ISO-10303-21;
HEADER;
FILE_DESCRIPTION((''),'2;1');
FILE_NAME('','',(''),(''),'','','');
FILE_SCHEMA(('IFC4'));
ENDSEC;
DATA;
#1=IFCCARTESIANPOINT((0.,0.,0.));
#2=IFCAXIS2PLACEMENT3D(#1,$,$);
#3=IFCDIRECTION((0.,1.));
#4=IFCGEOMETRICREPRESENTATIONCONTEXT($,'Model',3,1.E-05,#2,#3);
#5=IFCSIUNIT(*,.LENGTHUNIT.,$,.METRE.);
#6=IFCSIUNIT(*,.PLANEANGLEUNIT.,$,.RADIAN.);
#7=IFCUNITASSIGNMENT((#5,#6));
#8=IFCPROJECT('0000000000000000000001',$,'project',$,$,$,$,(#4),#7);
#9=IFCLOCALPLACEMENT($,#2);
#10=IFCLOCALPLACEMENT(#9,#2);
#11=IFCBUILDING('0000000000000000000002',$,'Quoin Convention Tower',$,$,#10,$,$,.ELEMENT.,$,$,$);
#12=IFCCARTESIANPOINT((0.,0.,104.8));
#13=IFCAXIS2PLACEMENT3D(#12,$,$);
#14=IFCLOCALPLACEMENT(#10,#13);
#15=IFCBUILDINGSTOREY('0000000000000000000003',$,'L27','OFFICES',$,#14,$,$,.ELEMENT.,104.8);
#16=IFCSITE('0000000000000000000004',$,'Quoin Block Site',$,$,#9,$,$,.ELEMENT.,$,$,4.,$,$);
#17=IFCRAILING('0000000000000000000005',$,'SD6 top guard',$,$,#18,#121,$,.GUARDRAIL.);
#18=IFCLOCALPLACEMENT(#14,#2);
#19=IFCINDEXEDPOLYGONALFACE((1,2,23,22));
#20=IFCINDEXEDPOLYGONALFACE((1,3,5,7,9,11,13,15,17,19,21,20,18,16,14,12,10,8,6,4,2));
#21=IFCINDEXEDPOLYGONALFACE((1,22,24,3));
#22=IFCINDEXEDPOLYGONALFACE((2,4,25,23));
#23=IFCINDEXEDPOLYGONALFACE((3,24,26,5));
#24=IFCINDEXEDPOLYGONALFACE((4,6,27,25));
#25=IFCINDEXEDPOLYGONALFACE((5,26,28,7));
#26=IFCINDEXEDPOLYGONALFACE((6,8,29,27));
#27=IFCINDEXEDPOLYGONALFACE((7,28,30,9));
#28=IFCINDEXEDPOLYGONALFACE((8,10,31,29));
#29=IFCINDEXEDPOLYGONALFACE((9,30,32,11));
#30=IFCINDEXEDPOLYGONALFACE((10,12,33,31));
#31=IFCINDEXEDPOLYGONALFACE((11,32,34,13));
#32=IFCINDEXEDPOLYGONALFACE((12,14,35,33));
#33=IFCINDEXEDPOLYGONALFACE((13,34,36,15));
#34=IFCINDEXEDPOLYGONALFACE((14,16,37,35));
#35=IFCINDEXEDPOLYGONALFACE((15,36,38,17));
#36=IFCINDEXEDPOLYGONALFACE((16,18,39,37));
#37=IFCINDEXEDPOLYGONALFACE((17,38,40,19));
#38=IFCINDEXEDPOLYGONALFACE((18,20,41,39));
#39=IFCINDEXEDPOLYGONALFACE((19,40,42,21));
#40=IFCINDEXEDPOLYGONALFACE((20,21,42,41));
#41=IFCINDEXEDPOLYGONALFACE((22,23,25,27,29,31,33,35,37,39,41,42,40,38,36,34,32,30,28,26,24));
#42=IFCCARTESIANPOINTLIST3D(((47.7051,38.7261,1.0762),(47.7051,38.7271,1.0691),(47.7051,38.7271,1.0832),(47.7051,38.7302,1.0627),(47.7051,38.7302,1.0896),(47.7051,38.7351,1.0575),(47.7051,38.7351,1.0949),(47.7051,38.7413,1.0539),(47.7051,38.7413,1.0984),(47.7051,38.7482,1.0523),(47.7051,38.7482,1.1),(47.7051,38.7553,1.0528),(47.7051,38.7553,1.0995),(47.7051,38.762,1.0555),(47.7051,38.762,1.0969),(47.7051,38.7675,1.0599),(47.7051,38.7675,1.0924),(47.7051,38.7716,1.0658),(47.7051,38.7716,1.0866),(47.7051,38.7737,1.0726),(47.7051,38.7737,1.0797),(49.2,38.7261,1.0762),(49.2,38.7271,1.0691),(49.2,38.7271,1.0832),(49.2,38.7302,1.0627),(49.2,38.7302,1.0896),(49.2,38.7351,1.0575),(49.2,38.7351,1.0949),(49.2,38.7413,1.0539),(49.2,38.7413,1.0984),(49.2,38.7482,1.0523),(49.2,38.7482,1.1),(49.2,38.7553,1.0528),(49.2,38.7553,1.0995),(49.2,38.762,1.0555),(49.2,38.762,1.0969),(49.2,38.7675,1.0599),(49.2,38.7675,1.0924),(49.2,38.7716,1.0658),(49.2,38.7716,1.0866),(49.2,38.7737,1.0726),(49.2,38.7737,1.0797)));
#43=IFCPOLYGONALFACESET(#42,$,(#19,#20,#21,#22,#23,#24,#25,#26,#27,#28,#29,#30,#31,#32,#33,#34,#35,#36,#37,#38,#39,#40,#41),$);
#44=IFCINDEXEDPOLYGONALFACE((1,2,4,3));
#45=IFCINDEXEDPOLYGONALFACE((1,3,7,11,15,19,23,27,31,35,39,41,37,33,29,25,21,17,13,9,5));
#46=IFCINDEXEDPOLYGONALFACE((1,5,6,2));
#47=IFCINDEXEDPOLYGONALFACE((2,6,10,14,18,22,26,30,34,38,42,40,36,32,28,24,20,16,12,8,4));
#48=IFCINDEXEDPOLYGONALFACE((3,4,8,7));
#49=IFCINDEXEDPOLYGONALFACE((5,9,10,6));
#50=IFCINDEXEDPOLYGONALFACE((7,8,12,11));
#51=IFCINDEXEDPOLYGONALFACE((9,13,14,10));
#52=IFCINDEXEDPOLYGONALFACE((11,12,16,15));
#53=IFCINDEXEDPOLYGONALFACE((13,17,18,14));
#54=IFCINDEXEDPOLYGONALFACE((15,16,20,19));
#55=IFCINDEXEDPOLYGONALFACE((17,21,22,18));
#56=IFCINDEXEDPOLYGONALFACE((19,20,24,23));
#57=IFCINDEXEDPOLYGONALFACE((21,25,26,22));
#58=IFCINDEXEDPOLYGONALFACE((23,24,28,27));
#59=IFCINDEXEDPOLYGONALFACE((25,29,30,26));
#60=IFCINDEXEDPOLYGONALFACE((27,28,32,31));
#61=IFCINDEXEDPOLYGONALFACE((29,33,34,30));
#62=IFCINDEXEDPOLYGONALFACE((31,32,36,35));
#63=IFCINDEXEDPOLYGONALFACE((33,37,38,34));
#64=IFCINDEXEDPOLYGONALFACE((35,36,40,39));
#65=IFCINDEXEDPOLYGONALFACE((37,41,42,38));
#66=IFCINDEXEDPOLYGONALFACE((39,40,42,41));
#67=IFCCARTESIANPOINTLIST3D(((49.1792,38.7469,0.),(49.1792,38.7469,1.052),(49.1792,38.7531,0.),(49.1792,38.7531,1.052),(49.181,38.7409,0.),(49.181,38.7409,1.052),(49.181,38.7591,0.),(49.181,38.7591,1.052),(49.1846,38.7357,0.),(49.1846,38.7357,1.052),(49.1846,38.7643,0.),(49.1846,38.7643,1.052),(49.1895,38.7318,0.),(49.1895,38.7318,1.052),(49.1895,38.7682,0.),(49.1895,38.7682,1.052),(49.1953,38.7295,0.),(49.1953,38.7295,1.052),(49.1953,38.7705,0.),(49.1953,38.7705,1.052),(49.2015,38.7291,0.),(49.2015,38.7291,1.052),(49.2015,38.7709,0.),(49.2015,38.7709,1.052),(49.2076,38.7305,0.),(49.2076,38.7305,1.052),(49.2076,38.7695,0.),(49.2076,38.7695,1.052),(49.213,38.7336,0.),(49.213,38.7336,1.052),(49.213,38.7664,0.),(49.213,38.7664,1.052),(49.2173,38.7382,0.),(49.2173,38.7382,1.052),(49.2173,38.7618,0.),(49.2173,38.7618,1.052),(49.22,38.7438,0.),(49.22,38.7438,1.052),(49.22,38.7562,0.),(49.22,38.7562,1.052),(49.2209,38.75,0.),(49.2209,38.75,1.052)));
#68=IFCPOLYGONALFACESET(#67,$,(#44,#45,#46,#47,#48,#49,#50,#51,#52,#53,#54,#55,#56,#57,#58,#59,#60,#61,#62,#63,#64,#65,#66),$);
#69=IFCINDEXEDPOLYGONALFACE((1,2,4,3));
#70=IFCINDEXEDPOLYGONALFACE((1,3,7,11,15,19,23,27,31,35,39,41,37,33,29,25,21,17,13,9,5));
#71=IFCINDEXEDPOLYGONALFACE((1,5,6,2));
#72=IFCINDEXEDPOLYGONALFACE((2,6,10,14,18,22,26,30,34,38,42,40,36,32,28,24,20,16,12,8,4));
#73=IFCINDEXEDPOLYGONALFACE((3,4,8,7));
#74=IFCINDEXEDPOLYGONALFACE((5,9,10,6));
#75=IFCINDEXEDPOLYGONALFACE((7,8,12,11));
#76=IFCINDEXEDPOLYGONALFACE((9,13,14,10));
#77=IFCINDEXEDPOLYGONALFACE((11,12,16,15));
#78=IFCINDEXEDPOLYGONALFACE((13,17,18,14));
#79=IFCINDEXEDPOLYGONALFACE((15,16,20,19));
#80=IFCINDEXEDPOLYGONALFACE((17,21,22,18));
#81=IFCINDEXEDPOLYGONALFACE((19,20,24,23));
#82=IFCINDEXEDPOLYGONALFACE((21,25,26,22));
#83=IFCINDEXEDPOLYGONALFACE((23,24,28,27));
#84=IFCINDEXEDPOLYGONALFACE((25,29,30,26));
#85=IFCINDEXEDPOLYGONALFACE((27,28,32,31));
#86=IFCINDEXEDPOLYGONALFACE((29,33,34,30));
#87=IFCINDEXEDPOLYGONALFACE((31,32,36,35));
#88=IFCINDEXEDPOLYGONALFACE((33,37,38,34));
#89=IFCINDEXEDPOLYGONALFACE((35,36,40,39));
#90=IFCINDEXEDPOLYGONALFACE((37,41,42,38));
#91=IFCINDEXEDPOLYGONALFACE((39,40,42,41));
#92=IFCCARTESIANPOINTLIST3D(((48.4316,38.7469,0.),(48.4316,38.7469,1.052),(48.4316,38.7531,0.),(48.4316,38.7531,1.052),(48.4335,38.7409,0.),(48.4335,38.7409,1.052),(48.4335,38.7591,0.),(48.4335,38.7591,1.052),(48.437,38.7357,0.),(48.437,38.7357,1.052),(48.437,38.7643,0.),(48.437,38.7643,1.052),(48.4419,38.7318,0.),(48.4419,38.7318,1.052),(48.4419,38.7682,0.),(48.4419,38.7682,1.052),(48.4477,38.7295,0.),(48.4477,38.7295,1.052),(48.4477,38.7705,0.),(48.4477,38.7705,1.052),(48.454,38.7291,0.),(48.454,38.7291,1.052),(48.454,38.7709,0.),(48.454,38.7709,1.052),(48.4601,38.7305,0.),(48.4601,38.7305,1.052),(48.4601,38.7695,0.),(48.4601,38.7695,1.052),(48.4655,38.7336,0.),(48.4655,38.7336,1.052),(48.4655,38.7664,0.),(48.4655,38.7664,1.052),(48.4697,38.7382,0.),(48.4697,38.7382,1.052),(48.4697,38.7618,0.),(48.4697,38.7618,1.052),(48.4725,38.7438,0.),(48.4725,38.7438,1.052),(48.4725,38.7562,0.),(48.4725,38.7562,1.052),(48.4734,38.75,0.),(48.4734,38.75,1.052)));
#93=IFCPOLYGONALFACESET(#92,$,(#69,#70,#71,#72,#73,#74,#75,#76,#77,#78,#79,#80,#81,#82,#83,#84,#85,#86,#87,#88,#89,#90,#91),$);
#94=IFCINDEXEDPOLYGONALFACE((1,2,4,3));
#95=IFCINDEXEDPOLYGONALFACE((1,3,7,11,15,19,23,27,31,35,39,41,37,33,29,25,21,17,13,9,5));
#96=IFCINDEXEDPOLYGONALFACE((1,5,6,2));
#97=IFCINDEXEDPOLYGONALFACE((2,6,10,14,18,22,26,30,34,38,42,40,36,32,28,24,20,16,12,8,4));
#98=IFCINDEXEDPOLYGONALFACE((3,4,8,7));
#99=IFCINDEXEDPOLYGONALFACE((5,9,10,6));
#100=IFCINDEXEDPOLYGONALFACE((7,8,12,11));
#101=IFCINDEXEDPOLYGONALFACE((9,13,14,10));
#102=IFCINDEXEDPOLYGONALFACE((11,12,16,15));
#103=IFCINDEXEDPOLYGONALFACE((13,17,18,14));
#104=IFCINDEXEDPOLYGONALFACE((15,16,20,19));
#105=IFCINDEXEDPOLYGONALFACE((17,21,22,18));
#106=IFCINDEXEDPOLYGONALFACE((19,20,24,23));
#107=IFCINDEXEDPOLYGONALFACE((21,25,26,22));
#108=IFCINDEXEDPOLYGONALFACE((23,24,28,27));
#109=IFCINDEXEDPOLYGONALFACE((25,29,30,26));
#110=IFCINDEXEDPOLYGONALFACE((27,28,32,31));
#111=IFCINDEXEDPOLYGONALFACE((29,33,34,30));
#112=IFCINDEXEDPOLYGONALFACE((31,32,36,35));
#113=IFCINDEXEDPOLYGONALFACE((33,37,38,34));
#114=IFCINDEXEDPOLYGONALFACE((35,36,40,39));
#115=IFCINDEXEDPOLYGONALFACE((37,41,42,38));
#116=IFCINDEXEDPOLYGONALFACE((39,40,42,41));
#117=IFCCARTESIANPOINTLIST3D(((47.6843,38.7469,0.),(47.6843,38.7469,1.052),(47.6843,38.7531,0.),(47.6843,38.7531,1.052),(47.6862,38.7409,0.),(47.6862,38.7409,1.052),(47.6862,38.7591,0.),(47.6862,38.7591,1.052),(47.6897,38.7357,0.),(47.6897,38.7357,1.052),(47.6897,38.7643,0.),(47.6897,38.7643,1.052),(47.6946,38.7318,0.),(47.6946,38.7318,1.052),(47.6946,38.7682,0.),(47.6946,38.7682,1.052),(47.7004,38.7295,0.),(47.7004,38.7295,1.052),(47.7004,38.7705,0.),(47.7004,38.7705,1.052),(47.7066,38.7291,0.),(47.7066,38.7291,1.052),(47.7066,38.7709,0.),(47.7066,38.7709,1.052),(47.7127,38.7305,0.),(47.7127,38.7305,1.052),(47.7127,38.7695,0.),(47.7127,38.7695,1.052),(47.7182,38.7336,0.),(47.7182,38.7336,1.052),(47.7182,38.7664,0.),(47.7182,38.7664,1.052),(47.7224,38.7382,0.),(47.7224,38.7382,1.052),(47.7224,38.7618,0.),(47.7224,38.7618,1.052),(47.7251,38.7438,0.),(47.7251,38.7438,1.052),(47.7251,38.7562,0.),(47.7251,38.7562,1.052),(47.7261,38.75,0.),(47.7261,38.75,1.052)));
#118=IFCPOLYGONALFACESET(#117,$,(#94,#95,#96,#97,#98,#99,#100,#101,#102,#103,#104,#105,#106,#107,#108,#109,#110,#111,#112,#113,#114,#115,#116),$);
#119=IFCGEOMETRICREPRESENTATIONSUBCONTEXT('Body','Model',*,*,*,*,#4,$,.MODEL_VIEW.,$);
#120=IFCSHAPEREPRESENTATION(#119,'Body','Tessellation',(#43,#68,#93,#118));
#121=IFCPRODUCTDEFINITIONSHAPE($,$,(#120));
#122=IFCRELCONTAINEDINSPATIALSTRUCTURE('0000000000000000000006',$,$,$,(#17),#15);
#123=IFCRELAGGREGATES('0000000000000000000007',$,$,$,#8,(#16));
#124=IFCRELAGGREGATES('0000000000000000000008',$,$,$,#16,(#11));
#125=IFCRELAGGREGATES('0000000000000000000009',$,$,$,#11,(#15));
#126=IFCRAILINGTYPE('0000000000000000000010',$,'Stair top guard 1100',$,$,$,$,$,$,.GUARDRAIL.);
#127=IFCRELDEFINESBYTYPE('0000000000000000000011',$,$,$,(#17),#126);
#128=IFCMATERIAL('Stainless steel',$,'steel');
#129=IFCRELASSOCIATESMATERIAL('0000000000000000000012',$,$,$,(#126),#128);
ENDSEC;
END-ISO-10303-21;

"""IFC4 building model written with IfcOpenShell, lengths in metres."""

from ifc_helpers import new_model, si_unit, direction, frame, origin, origin_2d, place, context, subcontext, project, spatial, circle, extrude, material, type_object, element, save


model = new_model("IFC4")

# Units and contexts
model_context = context("Model", 3, precision=1e-05, world=origin(), true_north=direction((0.0, 1.0)))
body_context = subcontext(model_context, "Body", "Model", "MODEL_VIEW")
ifc_project = project(units=[si_unit("LENGTHUNIT", "METRE"), si_unit("PLANEANGLEUNIT", "RADIAN")], contexts=[model_context])

# Site, building, storey
site_placement = place(None, origin())
site = spatial("IfcSite", under=ifc_project, at=site_placement, Name="Quoin Block Site", CompositionType="ELEMENT", RefElevation=4.0)
building_placement = place(site_placement, origin())
building = spatial("IfcBuilding", under=site, at=building_placement, Name="Quoin Convention Tower", CompositionType="ELEMENT")
storey_placement = place(building_placement, frame((0.0, 0.0, 104.8)))
storey = spatial("IfcBuildingStorey", under=building, at=storey_placement, Name="L27", Description="OFFICES", CompositionType="ELEMENT", Elevation=104.8)

# Railing
ifc_material_1 = material(Name="Stainless steel", Category="steel")
railing_type_1 = type_object("IfcRailingType", Name="Stair top guard 1100", PredefinedType="GUARDRAIL", material=ifc_material_1)
railing_1_placement = place(storey_placement, frame((49.2, 38.75, 0.0)))
element("IfcRailing", 1, at=railing_1_placement, inside=storey, type_object=railing_type_1, Name="SD6 top guard", PredefinedType="GUARDRAIL", context=body_context, shape_type="SweptSolid", body=[
    extrude(circle(Radius=0.0239, at=origin_2d()), frame((0.0, 0.0, 1.0762), z_axis=(-1.0, 0.0, 0.0), x_axis=(0.0, -1.0, 0.0)), (0.0, 0.0, 1.0), 1.4949),
    extrude(circle(Radius=0.021, at=origin_2d()), origin(), (0.0, 0.0, 1.0), 1.052),
    extrude(circle(Radius=0.021, at=origin_2d()), frame((-0.7476, 0.0, 0.0)), (0.0, 0.0, 1.0), 1.052),
    extrude(circle(Radius=0.021, at=origin_2d()), frame((-1.4949, 0.0, 0.0)), (0.0, 0.0, 1.0), 1.052),
])

save(model, "model.ifc")
